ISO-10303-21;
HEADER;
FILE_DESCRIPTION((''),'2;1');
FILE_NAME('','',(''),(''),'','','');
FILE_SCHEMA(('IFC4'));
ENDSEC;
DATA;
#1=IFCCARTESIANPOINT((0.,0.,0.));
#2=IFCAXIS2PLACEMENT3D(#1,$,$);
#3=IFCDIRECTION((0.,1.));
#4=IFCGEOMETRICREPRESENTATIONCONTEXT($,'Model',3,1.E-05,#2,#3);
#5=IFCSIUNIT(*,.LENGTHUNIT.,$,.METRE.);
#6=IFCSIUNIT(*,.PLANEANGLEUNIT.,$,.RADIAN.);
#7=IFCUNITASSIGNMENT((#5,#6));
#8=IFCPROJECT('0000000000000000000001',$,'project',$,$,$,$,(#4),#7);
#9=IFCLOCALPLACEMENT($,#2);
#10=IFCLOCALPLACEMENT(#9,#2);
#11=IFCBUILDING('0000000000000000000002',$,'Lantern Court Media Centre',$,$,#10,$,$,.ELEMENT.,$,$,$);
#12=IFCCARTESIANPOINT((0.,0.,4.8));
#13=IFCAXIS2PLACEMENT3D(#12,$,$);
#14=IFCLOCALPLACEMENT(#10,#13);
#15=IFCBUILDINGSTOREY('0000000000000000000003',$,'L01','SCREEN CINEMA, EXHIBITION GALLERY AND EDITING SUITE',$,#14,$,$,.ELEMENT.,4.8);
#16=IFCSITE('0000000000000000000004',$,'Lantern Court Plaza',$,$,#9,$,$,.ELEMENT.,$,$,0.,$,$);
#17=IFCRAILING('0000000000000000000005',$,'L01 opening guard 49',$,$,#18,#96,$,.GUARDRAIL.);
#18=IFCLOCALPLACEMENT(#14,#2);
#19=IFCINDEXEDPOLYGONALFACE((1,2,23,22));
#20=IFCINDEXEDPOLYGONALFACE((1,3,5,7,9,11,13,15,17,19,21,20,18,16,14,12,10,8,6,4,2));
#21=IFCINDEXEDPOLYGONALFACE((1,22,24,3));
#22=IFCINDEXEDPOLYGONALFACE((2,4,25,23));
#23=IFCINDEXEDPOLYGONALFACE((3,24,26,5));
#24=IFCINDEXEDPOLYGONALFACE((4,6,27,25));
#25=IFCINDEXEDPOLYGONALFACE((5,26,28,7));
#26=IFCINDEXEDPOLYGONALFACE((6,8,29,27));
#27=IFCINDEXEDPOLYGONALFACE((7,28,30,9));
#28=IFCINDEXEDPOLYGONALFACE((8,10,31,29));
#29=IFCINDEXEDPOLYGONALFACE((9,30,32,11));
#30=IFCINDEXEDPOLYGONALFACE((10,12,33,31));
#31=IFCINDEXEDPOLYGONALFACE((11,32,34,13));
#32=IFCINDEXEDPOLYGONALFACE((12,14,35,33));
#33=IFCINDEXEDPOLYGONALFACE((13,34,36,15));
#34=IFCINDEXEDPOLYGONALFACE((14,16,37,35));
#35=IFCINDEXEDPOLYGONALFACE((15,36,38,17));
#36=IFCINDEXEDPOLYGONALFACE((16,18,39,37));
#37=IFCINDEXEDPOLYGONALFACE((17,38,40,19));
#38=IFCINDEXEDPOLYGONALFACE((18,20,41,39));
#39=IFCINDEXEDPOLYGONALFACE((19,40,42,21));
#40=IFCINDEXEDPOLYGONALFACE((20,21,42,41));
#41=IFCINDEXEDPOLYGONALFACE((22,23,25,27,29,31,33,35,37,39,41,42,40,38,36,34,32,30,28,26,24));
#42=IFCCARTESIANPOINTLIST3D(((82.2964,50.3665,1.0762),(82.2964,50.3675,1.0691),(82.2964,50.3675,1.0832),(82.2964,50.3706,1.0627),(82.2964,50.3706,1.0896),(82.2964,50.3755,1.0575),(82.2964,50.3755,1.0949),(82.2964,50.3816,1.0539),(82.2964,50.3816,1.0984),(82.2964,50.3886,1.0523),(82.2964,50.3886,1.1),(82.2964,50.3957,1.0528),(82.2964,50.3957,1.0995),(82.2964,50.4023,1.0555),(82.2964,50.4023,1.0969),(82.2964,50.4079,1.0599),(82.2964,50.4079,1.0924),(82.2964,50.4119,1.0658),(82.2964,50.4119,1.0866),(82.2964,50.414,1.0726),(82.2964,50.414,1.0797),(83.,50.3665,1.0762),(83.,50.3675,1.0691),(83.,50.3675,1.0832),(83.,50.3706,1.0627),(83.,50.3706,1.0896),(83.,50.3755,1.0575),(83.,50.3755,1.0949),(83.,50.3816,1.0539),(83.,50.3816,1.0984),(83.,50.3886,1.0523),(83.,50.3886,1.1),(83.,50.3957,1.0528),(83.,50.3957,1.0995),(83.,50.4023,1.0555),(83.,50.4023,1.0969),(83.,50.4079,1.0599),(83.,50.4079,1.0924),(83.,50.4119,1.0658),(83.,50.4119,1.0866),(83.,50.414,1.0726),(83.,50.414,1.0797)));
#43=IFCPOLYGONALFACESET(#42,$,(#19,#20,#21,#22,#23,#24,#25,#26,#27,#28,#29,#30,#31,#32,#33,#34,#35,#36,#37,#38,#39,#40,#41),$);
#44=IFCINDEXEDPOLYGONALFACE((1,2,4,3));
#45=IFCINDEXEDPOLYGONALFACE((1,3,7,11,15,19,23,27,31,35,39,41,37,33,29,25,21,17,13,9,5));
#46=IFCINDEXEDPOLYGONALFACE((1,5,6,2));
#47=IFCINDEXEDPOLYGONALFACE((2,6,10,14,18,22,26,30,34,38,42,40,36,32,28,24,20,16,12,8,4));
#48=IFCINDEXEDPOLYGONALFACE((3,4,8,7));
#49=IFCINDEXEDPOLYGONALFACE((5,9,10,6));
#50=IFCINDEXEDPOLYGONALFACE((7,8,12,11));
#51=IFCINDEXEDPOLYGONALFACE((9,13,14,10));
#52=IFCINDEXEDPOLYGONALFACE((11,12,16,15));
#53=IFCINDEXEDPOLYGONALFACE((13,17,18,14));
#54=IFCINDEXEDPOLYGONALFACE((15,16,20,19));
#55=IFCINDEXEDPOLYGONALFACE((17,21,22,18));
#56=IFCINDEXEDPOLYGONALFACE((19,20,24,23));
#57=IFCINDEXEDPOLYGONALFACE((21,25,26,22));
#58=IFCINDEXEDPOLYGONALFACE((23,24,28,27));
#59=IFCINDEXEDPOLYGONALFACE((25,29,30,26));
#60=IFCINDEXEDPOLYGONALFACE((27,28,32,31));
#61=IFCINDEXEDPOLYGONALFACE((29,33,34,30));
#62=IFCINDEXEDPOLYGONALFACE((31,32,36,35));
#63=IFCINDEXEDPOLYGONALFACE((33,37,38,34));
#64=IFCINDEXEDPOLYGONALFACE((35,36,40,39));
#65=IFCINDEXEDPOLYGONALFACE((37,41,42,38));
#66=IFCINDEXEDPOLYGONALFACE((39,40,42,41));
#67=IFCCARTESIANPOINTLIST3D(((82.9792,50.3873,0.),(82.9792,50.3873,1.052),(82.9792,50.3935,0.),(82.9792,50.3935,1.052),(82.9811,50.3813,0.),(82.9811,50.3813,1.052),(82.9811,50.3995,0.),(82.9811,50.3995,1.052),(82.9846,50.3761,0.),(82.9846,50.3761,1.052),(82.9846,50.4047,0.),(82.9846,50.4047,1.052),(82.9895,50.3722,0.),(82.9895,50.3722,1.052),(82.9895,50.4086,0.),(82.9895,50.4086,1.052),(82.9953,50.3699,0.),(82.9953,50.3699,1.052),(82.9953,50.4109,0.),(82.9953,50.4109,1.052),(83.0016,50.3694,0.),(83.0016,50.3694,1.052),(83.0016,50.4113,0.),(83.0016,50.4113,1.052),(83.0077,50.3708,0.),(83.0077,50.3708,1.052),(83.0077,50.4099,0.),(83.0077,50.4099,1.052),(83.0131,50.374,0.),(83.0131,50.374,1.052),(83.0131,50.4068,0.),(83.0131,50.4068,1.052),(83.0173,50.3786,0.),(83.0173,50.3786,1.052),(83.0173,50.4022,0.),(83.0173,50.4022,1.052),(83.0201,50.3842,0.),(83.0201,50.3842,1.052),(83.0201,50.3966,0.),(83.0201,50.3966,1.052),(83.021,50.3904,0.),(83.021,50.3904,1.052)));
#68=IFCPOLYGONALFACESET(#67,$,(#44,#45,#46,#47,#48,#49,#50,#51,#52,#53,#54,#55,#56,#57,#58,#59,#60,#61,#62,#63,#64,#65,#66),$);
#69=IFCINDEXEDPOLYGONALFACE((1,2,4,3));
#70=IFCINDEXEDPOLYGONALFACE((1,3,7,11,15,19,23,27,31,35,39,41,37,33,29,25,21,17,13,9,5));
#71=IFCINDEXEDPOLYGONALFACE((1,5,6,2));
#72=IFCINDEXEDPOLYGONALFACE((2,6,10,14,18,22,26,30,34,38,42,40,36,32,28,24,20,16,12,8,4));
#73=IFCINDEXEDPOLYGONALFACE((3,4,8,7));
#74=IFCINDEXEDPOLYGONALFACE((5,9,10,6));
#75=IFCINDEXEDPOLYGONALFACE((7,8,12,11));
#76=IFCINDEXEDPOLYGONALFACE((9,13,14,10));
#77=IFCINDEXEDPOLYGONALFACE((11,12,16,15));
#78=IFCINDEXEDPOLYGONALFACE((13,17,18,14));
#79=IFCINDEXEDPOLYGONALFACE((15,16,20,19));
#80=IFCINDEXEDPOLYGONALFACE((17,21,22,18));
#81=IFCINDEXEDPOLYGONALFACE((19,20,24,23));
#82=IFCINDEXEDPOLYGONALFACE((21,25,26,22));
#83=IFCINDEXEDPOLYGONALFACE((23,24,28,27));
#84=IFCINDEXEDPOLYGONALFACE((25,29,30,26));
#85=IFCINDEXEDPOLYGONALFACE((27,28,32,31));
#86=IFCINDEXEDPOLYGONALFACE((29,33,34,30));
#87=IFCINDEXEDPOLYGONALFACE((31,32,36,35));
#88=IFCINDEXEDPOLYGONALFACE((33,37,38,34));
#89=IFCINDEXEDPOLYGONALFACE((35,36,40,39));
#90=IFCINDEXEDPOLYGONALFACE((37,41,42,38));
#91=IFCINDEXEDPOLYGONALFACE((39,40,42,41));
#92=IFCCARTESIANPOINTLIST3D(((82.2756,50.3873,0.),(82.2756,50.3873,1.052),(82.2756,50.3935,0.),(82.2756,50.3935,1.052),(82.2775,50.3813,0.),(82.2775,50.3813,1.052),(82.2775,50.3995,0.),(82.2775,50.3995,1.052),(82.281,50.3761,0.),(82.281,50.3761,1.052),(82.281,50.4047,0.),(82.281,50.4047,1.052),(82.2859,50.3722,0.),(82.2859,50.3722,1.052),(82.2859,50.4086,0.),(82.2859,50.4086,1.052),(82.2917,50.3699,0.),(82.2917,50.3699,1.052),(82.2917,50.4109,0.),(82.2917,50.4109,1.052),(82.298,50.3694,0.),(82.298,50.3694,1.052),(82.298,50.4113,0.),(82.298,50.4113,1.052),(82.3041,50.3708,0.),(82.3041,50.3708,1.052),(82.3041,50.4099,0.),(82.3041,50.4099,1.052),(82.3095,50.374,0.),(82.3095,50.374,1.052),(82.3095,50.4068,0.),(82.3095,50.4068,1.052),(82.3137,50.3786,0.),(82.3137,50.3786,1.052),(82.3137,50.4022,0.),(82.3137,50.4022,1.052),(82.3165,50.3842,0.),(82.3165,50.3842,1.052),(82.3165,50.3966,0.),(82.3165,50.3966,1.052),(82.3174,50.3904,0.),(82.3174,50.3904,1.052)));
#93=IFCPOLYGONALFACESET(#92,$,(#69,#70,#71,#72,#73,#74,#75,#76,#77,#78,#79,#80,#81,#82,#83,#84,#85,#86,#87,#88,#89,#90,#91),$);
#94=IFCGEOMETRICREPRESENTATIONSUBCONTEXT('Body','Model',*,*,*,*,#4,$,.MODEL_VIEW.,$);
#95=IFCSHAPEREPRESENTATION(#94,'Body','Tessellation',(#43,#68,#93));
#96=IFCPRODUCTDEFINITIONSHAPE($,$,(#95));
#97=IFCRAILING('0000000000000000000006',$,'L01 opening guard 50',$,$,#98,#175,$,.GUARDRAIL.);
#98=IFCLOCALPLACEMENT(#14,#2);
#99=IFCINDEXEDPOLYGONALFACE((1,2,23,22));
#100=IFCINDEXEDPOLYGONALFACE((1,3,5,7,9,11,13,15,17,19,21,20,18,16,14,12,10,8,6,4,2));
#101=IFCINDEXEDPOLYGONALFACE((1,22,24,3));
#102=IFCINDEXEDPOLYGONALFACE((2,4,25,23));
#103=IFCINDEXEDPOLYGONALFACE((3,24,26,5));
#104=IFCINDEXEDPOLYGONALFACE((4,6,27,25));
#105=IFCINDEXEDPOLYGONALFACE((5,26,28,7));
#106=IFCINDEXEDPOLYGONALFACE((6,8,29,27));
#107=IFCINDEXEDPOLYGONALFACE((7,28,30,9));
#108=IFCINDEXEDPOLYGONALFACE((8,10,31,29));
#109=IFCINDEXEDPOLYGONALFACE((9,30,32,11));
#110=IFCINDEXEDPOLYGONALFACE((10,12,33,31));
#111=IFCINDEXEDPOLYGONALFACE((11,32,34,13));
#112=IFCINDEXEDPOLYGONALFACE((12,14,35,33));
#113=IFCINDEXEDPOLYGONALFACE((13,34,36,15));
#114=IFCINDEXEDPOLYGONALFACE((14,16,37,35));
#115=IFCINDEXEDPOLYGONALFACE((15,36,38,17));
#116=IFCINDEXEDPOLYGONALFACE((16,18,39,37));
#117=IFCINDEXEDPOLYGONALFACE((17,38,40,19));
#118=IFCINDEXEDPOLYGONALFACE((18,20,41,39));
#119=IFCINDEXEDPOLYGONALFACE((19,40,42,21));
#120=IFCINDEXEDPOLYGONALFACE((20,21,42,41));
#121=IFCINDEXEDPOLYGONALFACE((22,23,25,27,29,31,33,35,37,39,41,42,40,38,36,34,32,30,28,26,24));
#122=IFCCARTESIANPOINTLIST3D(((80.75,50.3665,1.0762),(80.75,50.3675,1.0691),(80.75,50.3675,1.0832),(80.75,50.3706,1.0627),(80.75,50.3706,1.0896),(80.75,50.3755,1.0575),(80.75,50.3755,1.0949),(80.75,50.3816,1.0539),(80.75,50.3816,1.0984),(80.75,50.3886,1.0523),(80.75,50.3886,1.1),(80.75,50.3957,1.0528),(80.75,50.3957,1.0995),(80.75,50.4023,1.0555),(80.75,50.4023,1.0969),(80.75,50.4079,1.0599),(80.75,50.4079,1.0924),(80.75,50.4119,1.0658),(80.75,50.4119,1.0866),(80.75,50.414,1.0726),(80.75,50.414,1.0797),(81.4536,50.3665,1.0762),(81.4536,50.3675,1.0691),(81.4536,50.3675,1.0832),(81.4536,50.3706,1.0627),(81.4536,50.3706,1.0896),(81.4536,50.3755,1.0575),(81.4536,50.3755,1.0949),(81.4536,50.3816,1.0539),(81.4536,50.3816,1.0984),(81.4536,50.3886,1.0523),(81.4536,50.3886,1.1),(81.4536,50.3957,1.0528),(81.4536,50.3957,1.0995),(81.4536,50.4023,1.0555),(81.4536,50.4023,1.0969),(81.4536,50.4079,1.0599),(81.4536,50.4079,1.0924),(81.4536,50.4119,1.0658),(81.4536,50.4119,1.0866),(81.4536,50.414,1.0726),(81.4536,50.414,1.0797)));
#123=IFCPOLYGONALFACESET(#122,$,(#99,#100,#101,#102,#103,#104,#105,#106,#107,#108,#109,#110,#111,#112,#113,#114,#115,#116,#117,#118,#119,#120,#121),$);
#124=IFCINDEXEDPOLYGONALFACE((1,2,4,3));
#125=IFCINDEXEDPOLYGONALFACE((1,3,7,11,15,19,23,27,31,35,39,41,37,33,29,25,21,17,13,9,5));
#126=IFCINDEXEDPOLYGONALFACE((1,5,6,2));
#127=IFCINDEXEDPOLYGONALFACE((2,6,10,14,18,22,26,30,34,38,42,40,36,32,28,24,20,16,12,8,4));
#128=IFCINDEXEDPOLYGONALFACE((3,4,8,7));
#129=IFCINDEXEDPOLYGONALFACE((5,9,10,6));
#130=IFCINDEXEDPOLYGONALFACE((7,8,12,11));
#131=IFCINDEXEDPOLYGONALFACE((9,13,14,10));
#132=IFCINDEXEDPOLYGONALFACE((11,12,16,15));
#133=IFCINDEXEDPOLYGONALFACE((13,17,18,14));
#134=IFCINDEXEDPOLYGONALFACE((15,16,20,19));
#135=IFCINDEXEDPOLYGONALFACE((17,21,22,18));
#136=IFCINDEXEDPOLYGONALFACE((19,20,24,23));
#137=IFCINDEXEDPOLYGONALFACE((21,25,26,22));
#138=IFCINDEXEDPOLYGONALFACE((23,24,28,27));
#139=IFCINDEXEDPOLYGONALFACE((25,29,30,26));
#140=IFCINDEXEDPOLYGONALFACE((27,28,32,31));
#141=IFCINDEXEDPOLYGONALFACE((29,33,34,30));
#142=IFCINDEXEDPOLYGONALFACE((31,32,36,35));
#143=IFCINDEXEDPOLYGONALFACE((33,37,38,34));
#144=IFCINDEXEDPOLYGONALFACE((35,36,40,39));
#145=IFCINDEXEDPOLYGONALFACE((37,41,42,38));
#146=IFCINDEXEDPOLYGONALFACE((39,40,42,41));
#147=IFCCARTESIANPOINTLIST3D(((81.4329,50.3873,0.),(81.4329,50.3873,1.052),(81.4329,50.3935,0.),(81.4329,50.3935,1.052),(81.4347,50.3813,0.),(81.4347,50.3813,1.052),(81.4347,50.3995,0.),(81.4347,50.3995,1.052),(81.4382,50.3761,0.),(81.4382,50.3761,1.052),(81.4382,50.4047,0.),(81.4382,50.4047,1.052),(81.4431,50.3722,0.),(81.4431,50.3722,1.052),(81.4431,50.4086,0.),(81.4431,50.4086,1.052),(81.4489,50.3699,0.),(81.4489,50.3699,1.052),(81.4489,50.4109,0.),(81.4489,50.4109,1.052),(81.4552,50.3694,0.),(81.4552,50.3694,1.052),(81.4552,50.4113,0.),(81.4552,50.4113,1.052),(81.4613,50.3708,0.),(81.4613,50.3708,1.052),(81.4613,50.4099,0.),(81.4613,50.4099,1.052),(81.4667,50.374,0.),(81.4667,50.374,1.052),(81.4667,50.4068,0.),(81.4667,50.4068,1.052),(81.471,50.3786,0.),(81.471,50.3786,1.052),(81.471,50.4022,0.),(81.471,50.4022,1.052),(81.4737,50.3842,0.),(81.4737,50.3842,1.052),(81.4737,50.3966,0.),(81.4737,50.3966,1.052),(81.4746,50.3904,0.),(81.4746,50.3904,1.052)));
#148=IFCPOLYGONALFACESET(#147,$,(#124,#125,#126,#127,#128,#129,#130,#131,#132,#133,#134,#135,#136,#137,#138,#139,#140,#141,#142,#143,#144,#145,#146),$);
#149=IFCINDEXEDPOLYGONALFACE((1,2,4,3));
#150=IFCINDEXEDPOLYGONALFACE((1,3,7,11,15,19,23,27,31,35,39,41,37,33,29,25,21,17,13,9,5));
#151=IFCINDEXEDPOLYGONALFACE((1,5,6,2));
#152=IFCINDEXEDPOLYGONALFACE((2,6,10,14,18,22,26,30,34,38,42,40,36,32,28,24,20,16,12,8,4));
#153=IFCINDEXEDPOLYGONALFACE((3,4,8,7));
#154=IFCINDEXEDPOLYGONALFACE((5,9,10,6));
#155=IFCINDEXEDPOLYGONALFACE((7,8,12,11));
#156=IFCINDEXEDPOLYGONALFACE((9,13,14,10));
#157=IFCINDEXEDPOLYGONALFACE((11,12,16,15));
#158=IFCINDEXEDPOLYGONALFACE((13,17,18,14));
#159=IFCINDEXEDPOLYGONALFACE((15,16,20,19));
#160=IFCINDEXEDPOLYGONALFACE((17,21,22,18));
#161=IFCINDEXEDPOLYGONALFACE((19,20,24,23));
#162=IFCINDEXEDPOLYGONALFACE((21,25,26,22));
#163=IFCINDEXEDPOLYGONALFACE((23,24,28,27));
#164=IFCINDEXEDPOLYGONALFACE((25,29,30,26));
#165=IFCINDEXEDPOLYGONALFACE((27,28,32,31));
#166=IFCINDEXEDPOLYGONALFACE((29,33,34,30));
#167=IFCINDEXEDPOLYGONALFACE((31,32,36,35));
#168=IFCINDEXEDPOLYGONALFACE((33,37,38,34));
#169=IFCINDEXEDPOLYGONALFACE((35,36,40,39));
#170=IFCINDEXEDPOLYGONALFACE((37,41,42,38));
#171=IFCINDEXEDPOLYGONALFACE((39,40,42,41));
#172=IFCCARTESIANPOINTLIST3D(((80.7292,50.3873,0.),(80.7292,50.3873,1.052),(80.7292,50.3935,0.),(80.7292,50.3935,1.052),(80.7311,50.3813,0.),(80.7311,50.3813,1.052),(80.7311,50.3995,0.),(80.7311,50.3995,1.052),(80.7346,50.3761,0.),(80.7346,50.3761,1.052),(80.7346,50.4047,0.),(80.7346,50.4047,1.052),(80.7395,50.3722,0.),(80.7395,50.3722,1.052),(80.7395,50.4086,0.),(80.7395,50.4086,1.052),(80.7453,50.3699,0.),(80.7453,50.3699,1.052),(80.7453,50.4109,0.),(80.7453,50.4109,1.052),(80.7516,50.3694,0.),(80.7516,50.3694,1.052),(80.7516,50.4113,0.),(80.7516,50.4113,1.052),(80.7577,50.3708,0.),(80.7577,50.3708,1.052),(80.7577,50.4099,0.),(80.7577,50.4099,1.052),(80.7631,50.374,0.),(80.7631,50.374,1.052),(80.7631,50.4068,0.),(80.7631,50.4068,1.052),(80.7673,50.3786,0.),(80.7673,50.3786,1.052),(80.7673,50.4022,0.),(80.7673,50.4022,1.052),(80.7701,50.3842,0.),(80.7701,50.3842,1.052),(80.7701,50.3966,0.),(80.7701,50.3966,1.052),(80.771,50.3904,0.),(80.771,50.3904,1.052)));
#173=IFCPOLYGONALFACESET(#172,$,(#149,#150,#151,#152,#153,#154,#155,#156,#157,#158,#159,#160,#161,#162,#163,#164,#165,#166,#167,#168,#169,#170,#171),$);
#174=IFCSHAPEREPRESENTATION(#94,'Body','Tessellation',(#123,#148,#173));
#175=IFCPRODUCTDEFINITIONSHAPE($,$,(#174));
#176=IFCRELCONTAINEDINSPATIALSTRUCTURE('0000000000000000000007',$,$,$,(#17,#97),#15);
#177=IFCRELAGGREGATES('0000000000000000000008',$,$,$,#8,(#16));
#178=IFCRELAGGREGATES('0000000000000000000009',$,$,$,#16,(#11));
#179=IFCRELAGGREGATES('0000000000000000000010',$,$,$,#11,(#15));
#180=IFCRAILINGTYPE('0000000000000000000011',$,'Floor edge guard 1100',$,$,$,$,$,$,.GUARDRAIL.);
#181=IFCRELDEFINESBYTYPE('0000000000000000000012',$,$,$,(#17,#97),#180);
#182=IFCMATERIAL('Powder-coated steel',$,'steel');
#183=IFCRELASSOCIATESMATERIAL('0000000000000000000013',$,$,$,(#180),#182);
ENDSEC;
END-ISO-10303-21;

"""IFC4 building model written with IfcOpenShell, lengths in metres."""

from ifc_helpers import new_model, si_unit, direction, frame, origin, origin_2d, place, context, subcontext, project, spatial, circle, extrude, material, type_object, element, save


model = new_model("IFC4")

# Units and contexts
model_context = context("Model", 3, precision=1e-05, world=origin(), true_north=direction((0.0, 1.0)))
body_context = subcontext(model_context, "Body", "Model", "MODEL_VIEW")
ifc_project = project(units=[si_unit("LENGTHUNIT", "METRE"), si_unit("PLANEANGLEUNIT", "RADIAN")], contexts=[model_context])

# Site, building, storey
site_placement = place(None, origin())
site = spatial("IfcSite", under=ifc_project, at=site_placement, Name="Lantern Court Plaza", CompositionType="ELEMENT", RefElevation=0.0)
building_placement = place(site_placement, origin())
building = spatial("IfcBuilding", under=site, at=building_placement, Name="Lantern Court Media Centre", CompositionType="ELEMENT")
storey_placement = place(building_placement, frame((0.0, 0.0, 4.8)))
storey = spatial("IfcBuildingStorey", under=building, at=storey_placement, Name="L01", Description="SCREEN CINEMA, EXHIBITION GALLERY AND EDITING SUITE", CompositionType="ELEMENT", Elevation=4.8)

# Railings
ifc_material_1 = material(Name="Powder-coated steel", Category="steel")
railing_type_1 = type_object("IfcRailingType", Name="Floor edge guard 1100", PredefinedType="GUARDRAIL", material=ifc_material_1)
for number, where, name in (
    (1, (83.0, 50.3904, 0.0), "L01 opening guard 49"),
    (2, (81.4536, 50.3904, 0.0), "L01 opening guard 50"),
):
    element("IfcRailing", number, at=place(storey_placement, frame(where)), inside=storey, type_object=railing_type_1, Name=name, PredefinedType="GUARDRAIL", context=body_context, shape_type="SweptSolid", body=[
        extrude(circle(Radius=0.0239, at=origin_2d()), frame((0.0, 0.0, 1.0762), z_axis=(-1.0, 0.0, 0.0), x_axis=(0.0, -1.0, 0.0)), (0.0, 0.0, 1.0), 0.7036),
        extrude(circle(Radius=0.021, at=origin_2d()), origin(), (0.0, 0.0, 1.0), 1.052),
        extrude(circle(Radius=0.021, at=origin_2d()), frame((-0.7036, 0.0, 0.0)), (0.0, 0.0, 1.0), 1.052),
    ])

save(model, "model.ifc")
